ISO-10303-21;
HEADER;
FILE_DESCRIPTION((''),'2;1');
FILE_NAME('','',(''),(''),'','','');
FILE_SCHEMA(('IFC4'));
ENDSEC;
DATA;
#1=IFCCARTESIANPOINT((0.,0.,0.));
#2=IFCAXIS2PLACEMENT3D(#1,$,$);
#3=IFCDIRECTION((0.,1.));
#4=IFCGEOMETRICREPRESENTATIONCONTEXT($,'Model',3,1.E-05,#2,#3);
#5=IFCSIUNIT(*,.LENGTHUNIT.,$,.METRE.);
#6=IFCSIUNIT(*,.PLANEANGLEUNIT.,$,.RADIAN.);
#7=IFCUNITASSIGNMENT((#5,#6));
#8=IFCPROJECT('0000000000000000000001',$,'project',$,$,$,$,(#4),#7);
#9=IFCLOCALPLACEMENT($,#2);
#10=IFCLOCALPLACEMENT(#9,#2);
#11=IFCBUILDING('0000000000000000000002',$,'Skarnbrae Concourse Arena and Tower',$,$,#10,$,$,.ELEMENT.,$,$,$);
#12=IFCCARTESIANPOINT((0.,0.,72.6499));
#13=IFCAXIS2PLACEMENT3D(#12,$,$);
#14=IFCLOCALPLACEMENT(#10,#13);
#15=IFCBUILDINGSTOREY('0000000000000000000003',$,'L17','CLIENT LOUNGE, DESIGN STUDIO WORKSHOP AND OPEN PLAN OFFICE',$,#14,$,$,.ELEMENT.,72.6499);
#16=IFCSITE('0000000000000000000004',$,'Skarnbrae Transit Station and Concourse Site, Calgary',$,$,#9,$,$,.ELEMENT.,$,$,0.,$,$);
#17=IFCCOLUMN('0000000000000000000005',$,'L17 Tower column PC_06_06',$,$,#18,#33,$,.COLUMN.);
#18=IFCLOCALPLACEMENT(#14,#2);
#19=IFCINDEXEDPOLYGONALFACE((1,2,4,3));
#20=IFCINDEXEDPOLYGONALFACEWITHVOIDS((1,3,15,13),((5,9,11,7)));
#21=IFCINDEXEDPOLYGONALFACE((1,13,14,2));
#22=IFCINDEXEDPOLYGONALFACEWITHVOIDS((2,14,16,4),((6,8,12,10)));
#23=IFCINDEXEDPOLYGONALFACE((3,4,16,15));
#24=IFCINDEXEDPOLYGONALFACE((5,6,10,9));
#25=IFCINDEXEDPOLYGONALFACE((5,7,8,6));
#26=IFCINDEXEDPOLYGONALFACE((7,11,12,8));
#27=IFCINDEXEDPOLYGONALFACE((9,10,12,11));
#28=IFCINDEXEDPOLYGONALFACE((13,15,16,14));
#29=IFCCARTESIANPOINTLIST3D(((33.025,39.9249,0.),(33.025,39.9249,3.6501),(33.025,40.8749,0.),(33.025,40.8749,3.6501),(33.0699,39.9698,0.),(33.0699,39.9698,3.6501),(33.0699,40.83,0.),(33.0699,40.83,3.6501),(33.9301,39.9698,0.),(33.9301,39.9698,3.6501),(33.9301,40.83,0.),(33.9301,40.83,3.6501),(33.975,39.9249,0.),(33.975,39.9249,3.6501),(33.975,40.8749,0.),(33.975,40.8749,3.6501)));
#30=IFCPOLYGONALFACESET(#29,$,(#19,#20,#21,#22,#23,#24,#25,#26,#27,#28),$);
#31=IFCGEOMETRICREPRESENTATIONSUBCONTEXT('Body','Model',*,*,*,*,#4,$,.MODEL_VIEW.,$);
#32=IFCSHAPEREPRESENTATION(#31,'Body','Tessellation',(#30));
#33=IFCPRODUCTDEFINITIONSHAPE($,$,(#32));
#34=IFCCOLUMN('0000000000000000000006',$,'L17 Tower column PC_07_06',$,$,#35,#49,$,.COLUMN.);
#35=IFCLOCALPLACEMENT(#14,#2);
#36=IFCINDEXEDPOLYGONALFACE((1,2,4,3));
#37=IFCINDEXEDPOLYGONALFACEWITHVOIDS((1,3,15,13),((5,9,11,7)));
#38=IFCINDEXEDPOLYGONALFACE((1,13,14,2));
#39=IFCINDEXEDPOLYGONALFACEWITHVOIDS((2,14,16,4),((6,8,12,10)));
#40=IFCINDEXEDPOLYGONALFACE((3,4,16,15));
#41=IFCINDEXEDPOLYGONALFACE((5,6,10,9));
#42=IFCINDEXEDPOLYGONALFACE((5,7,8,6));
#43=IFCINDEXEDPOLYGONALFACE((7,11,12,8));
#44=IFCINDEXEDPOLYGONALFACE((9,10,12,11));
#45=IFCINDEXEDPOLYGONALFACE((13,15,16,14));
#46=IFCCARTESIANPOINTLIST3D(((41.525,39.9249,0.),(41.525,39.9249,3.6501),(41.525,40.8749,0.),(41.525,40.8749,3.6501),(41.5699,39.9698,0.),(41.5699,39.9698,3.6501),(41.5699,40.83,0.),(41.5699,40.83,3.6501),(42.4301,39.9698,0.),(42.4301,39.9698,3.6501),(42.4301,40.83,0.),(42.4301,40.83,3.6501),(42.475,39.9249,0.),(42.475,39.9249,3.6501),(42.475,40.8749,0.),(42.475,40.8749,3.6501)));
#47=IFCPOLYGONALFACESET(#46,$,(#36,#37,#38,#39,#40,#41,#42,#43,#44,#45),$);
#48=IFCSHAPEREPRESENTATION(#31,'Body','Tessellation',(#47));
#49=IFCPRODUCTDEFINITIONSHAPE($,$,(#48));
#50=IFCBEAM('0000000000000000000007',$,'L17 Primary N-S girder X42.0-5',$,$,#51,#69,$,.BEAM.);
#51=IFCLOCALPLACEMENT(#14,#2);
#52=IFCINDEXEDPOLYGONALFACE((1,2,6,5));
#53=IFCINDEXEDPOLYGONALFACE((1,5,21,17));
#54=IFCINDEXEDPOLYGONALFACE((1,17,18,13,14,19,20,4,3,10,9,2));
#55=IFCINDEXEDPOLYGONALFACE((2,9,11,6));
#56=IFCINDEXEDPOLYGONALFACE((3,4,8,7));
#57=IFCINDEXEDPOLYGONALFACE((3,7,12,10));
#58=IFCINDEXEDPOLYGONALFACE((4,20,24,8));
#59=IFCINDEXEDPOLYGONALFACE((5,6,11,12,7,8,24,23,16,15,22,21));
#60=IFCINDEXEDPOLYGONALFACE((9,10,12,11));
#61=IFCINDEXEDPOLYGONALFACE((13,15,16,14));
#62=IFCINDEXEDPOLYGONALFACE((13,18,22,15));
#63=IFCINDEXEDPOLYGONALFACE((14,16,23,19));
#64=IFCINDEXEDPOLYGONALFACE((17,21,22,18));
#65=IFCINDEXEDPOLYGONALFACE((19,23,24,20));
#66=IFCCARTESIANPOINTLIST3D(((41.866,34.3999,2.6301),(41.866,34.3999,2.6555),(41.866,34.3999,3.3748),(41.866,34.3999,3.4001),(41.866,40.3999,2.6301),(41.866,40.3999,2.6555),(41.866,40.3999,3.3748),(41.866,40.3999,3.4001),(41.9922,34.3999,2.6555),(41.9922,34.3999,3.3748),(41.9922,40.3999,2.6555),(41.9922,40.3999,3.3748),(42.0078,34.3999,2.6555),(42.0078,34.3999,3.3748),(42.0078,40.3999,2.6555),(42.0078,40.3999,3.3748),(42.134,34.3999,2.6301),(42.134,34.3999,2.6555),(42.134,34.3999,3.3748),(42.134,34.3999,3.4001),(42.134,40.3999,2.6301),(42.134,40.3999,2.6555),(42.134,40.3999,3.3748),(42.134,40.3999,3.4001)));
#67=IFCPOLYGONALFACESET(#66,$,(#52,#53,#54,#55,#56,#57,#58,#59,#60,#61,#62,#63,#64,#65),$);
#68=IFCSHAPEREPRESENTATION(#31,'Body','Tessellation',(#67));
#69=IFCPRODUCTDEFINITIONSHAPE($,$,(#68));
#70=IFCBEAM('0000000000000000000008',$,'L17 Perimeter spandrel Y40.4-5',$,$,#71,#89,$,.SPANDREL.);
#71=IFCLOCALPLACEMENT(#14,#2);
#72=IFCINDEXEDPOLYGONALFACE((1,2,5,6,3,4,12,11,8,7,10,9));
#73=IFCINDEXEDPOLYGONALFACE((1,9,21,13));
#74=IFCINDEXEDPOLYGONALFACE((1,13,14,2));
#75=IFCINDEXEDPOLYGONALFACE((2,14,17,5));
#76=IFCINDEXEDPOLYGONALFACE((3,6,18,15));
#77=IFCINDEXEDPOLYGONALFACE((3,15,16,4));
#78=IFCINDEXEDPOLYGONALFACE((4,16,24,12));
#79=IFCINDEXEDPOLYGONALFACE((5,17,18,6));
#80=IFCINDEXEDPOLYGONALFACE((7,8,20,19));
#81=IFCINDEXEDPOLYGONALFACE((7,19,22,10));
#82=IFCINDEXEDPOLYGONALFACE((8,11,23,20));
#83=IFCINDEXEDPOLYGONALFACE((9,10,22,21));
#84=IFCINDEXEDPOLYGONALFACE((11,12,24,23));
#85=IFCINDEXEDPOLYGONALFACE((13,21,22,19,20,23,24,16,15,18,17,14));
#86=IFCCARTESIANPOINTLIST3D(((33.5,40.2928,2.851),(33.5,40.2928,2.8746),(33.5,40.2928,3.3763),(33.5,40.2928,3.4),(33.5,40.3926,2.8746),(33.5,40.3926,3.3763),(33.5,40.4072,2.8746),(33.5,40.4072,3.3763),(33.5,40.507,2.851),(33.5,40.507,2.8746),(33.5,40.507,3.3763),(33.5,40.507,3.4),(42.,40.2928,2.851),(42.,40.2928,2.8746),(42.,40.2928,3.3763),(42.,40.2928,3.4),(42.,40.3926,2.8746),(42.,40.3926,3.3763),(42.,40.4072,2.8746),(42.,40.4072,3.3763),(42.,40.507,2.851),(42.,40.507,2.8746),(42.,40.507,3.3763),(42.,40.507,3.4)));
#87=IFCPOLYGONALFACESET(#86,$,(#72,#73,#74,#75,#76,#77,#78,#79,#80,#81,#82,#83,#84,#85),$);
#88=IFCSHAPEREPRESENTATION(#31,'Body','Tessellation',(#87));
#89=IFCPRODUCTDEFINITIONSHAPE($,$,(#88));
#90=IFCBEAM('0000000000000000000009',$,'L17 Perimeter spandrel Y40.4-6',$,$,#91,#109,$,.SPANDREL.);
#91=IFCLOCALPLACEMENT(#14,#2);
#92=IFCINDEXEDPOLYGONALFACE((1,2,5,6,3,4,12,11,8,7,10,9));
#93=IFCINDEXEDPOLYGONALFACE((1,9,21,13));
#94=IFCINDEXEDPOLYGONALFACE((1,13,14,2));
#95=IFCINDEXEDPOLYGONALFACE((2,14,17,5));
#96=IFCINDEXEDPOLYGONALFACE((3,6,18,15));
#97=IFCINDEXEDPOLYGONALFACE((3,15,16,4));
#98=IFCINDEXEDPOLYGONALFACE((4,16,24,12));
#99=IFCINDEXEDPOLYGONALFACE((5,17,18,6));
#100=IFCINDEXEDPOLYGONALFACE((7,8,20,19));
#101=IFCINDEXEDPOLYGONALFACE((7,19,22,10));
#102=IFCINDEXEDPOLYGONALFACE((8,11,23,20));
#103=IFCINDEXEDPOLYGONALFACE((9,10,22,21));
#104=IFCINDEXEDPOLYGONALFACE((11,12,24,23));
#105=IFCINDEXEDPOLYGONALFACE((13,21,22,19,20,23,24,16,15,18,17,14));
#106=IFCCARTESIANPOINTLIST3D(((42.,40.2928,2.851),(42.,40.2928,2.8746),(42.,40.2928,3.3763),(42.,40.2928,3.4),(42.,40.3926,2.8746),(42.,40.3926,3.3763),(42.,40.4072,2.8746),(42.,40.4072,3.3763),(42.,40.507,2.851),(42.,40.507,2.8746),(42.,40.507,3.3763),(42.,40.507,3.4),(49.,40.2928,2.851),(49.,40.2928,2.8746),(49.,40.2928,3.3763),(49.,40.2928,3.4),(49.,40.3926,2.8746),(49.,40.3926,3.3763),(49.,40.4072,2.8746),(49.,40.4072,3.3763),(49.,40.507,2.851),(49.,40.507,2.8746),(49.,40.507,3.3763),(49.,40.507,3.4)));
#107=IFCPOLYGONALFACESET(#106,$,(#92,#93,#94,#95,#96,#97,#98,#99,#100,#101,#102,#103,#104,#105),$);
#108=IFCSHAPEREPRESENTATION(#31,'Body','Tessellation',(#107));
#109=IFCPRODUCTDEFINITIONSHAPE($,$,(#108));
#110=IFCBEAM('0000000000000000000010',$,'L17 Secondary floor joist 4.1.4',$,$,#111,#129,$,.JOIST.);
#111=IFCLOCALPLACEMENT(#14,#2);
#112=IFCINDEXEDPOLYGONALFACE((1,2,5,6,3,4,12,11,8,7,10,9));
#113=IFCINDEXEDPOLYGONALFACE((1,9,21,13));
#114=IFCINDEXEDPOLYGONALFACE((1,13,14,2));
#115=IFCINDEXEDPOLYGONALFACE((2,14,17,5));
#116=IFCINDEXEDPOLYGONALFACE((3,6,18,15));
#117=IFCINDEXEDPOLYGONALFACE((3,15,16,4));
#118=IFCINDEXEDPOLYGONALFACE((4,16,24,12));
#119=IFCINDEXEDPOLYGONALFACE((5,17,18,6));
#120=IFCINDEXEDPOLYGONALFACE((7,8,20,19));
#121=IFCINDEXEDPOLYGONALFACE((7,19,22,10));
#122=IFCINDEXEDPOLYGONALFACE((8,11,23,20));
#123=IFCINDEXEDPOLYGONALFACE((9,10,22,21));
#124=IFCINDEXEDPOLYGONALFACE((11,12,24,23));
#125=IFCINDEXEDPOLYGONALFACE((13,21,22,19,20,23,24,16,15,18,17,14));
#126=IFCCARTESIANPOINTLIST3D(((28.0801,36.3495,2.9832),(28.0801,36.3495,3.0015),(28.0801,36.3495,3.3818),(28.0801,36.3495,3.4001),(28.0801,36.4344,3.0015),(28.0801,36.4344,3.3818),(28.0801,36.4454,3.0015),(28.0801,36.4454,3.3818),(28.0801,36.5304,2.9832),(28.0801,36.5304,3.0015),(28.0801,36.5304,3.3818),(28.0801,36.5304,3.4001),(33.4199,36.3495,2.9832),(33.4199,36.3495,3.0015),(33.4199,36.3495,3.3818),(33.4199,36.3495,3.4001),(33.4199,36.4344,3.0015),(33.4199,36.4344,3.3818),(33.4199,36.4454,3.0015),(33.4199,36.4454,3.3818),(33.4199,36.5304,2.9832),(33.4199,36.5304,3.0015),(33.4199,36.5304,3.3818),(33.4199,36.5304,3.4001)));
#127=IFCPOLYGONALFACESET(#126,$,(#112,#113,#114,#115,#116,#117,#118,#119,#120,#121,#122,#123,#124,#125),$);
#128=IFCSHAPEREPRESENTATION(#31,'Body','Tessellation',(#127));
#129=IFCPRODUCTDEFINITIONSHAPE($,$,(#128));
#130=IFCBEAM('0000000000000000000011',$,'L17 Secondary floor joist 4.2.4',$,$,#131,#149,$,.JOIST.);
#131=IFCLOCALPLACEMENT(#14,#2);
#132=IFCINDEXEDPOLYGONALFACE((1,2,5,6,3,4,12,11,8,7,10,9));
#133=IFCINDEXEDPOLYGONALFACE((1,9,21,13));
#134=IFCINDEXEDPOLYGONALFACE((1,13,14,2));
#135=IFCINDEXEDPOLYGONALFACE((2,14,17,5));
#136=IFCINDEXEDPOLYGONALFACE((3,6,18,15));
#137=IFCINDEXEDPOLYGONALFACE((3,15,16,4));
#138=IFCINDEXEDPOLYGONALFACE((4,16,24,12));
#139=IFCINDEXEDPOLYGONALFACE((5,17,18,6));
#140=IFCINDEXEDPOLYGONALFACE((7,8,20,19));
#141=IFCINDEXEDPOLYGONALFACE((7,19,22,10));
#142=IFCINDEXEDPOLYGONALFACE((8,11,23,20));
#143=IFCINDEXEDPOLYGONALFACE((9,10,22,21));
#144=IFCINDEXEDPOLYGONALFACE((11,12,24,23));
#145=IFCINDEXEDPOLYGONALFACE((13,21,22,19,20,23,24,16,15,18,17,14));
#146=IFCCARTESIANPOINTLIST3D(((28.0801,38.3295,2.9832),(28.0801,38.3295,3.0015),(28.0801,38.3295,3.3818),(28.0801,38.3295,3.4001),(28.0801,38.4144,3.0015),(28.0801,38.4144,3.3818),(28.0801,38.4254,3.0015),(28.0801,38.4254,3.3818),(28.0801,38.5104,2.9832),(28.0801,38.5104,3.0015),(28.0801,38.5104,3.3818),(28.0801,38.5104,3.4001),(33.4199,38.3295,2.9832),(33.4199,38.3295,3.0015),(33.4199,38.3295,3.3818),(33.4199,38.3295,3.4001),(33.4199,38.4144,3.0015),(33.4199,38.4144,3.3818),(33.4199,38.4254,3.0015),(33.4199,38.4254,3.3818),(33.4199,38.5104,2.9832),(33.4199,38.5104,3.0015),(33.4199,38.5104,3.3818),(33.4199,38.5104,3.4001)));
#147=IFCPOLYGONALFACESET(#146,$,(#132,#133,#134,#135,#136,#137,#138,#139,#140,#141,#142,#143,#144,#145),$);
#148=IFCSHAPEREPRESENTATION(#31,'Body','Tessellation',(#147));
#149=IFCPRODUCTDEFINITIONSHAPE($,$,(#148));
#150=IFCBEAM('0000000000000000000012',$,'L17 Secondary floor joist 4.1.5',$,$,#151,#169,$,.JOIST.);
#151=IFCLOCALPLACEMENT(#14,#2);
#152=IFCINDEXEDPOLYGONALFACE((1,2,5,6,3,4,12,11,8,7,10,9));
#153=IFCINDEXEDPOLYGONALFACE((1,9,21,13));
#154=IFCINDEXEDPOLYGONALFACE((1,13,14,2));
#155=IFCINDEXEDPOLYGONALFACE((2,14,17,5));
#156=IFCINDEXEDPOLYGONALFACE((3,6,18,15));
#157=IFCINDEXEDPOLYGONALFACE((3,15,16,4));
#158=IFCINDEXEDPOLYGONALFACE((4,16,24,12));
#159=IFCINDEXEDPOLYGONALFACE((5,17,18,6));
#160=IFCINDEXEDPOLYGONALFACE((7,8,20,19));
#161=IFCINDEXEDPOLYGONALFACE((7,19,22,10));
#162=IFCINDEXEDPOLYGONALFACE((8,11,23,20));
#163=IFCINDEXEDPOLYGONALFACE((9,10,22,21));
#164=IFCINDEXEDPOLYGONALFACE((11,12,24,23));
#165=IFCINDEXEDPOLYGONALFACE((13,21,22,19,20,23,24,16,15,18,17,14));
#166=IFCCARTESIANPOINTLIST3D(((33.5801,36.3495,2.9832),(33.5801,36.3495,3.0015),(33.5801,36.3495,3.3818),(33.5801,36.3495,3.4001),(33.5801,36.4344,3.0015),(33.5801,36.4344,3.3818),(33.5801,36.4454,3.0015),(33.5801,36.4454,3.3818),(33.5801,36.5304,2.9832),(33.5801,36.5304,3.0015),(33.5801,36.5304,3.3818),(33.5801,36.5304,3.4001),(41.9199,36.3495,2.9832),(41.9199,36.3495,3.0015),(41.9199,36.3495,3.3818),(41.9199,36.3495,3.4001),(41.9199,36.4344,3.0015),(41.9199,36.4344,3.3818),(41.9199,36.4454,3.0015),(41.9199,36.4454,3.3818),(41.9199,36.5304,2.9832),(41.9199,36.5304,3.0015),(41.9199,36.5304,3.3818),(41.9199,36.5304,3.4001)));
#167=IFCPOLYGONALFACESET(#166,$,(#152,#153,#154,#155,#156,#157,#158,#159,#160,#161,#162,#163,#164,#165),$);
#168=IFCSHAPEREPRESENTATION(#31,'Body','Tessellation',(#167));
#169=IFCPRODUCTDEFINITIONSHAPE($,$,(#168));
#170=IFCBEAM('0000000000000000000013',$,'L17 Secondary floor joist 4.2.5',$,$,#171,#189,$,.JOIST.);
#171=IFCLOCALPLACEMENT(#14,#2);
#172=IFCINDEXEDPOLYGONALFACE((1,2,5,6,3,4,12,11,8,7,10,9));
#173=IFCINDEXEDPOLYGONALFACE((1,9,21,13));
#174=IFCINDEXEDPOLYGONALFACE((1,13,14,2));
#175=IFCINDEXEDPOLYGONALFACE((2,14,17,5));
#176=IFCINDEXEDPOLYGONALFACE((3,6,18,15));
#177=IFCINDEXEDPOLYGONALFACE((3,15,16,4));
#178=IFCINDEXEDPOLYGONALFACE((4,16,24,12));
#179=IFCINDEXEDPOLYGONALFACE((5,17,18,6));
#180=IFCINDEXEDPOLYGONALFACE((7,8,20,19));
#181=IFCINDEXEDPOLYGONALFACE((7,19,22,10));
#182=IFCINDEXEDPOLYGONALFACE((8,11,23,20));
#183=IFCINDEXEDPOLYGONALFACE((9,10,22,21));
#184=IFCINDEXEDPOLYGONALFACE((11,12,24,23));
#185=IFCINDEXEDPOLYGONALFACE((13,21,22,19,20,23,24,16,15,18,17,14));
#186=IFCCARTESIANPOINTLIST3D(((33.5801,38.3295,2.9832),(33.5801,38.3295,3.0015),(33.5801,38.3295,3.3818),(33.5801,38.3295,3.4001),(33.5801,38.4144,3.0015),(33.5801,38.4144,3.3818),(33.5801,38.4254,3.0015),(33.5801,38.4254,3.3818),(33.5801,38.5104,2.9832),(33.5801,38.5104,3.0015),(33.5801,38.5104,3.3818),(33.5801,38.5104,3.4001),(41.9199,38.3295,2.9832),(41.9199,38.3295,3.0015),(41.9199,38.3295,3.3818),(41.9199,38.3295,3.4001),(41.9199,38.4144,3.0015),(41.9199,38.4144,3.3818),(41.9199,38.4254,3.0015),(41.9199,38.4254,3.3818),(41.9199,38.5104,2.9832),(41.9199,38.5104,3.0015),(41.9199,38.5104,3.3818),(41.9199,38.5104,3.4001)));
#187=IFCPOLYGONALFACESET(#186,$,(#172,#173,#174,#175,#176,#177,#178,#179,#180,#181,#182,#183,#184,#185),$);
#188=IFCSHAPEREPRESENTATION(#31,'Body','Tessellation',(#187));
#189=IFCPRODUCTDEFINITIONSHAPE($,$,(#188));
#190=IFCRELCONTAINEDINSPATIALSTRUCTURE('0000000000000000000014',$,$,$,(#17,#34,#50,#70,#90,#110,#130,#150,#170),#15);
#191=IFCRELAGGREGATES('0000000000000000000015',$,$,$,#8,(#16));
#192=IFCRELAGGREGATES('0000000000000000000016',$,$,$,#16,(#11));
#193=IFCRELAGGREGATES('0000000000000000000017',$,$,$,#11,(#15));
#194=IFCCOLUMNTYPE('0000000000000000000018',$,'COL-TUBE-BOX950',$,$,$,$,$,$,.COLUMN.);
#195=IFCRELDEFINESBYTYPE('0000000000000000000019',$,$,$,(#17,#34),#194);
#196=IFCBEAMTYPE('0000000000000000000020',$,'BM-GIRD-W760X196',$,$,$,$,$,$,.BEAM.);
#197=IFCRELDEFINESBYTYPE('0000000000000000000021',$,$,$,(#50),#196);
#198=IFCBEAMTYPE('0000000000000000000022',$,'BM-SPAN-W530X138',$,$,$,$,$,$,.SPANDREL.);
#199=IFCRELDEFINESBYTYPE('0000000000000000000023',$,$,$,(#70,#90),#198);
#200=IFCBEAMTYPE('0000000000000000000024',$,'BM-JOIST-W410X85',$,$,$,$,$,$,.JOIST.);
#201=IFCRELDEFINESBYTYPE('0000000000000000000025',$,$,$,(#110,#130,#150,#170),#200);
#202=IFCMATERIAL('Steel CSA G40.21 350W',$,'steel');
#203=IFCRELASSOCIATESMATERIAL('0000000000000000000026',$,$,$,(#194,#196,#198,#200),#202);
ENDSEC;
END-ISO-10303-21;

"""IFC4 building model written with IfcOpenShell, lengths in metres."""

from ifc_helpers import new_model, si_unit, direction, frame, origin, origin_2d, place, context, subcontext, project, spatial, hollow_rectangle, i_section, extrude, source, transform, mapped, material, material_profile, profile_set, type_object, element, save


model = new_model("IFC4")

# Units and contexts
model_context = context("Model", 3, precision=1e-05, world=origin(), true_north=direction((0.0, 1.0)))
body_context = subcontext(model_context, "Body", "Model", "MODEL_VIEW")
ifc_project = project(units=[si_unit("LENGTHUNIT", "METRE"), si_unit("PLANEANGLEUNIT", "RADIAN")], contexts=[model_context])

# Site, building, storey
site_placement = place(None, origin())
site = spatial("IfcSite", under=ifc_project, at=site_placement, Name="Skarnbrae Transit Station and Concourse Site, Calgary", CompositionType="ELEMENT", RefElevation=0.0)
building_placement = place(site_placement, origin())
building = spatial("IfcBuilding", under=site, at=building_placement, Name="Skarnbrae Concourse Arena and Tower", CompositionType="ELEMENT")
storey_placement = place(building_placement, frame((0.0, 0.0, 72.6499)))
storey = spatial("IfcBuildingStorey", under=building, at=storey_placement, Name="L17", Description="CLIENT LOUNGE, DESIGN STUDIO WORKSHOP AND OPEN PLAN OFFICE", CompositionType="ELEMENT", Elevation=72.6499)

# Columns
ifc_material_1 = material(Name="Steel CSA G40.21 350W", Category="steel")
ifc_material_profile_1 = material_profile(ifc_material_1, hollow_rectangle(XDim=0.95, YDim=0.95, WallThickness=0.0449, at=origin_2d()), Name="BOX950X950X45")
ifc_profile_set_1 = profile_set([ifc_material_profile_1], Name="Steel CSA G40.21 350W")
column_type = type_object("IfcColumnType", Name="COL-TUBE-BOX950", PredefinedType="COLUMN", material=ifc_profile_set_1)
shared_shape_1 = source(origin(), body_context, "Body", "SweptSolid", [
    extrude(hollow_rectangle(XDim=0.95, YDim=0.95, WallThickness=0.0449, at=origin_2d()), origin(), (0.0, 0.0, 1.0), 3.6501),
])
for number, where, z_axis, x_axis, name in (
    (1, (33.5, 40.3999, 0.0), (0.0, 0.0, 1.0), (1.0, 0.0, 0.0), "L17 Tower column PC_06_06"),
    (2, (42.0, 40.3999, 0.0), (0.0, 0.0, 1.0), (1.0, 0.0, 0.0), "L17 Tower column PC_07_06"),
):
    element("IfcColumn", number, at=place(storey_placement, frame(where, z_axis=z_axis, x_axis=x_axis)), inside=storey, type_object=column_type, Name=name, PredefinedType="COLUMN", context=body_context, shape_type="MappedRepresentation", body=[
        mapped(shared_shape_1, transform((0.0, 0.0, 0.0))),
    ])

# Beams
ifc_material_profile_2 = material_profile(ifc_material_1, i_section(OverallWidth=0.2681, OverallDepth=0.77, WebThickness=0.0156, FlangeThickness=0.0254, at=origin_2d()), Name="W760X196")
ifc_profile_set_2 = profile_set([ifc_material_profile_2], Name="Steel CSA G40.21 350W")
beam_type_1 = type_object("IfcBeamType", Name="BM-GIRD-W760X196", PredefinedType="BEAM", material=ifc_profile_set_2)
shared_shape_2 = source(origin(), body_context, "Body", "SweptSolid", [
    extrude(i_section(OverallWidth=0.2681, OverallDepth=0.77, WebThickness=0.0156, FlangeThickness=0.0254, at=origin_2d()), origin(), (0.0, 0.0, 1.0), 6.0),
])
beam_1_placement = place(storey_placement, frame((42.0, 34.3999, 3.0151), z_axis=(0.0, 1.0, 0.0), x_axis=(-1.0, 0.0, 0.0)))
element("IfcBeam", 3, at=beam_1_placement, inside=storey, type_object=beam_type_1, Name="L17 Primary N-S girder X42.0-5", PredefinedType="BEAM", context=body_context, shape_type="MappedRepresentation", body=[
    mapped(shared_shape_2, transform((0.0, 0.0, 0.0))),
])
ifc_material_profile_3 = material_profile(ifc_material_1, i_section(OverallWidth=0.2141, OverallDepth=0.5491, WebThickness=0.0146, FlangeThickness=0.0237, at=origin_2d()), Name="W530X138")
ifc_profile_set_3 = profile_set([ifc_material_profile_3], Name="Steel CSA G40.21 350W")
beam_type_2 = type_object("IfcBeamType", Name="BM-SPAN-W530X138", PredefinedType="SPANDREL", material=ifc_profile_set_3)
shared_shape_3 = source(origin(), body_context, "Body", "SweptSolid", [
    extrude(i_section(OverallWidth=0.2141, OverallDepth=0.5491, WebThickness=0.0146, FlangeThickness=0.0237, at=origin_2d()), origin(), (0.0, 0.0, 1.0), 8.5),
])
beam_2_placement = place(storey_placement, frame((33.5, 40.3999, 3.1255), z_axis=(1.0, 0.0, 0.0), x_axis=(0.0, 1.0, 0.0)))
element("IfcBeam", 4, at=beam_2_placement, inside=storey, type_object=beam_type_2, Name="L17 Perimeter spandrel Y40.4-5", PredefinedType="SPANDREL", context=body_context, shape_type="MappedRepresentation", body=[
    mapped(shared_shape_3, transform((0.0, 0.0, 0.0))),
])
shared_shape_4 = source(origin(), body_context, "Body", "SweptSolid", [
    extrude(i_section(OverallWidth=0.2141, OverallDepth=0.5491, WebThickness=0.0146, FlangeThickness=0.0237, at=origin_2d()), origin(), (0.0, 0.0, 1.0), 7.0),
])
beam_3_placement = place(storey_placement, frame((42.0, 40.3999, 3.1255), z_axis=(1.0, 0.0, 0.0), x_axis=(0.0, 1.0, 0.0)))
element("IfcBeam", 5, at=beam_3_placement, inside=storey, type_object=beam_type_2, Name="L17 Perimeter spandrel Y40.4-6", PredefinedType="SPANDREL", context=body_context, shape_type="MappedRepresentation", body=[
    mapped(shared_shape_4, transform((0.0, 0.0, 0.0))),
])
ifc_material_profile_4 = material_profile(ifc_material_1, i_section(OverallWidth=0.1809, OverallDepth=0.417, WebThickness=0.011, FlangeThickness=0.0183, at=origin_2d()), Name="W410X85")
ifc_profile_set_4 = profile_set([ifc_material_profile_4], Name="Steel CSA G40.21 350W")
beam_type_3 = type_object("IfcBeamType", Name="BM-JOIST-W410X85", PredefinedType="JOIST", material=ifc_profile_set_4)
shared_shape_5 = source(origin(), body_context, "Body", "SweptSolid", [
    extrude(i_section(OverallWidth=0.1809, OverallDepth=0.417, WebThickness=0.011, FlangeThickness=0.0183, at=origin_2d()), origin(), (0.0, 0.0, 1.0), 5.3398),
])
for number, where, z_axis, x_axis, name in (
    (6, (28.0801, 36.4399, 3.1917), (1.0, 0.0, 0.0), (0.0, 1.0, 0.0), "L17 Secondary floor joist 4.1.4"),
    (7, (28.0801, 38.4199, 3.1917), (1.0, 0.0, 0.0), (0.0, 1.0, 0.0), "L17 Secondary floor joist 4.2.4"),
):
    element("IfcBeam", number, at=place(storey_placement, frame(where, z_axis=z_axis, x_axis=x_axis)), inside=storey, type_object=beam_type_3, Name=name, PredefinedType="JOIST", context=body_context, shape_type="MappedRepresentation", body=[
        mapped(shared_shape_5, transform((0.0, 0.0, 0.0))),
    ])
shared_shape_6 = source(origin(), body_context, "Body", "SweptSolid", [
    extrude(i_section(OverallWidth=0.1809, OverallDepth=0.417, WebThickness=0.011, FlangeThickness=0.0183, at=origin_2d()), origin(), (0.0, 0.0, 1.0), 8.3398),
])
for number, where, z_axis, x_axis, name in (
    (8, (33.5801, 36.4399, 3.1917), (1.0, 0.0, 0.0), (0.0, 1.0, 0.0), "L17 Secondary floor joist 4.1.5"),
    (9, (33.5801, 38.4199, 3.1917), (1.0, 0.0, 0.0), (0.0, 1.0, 0.0), "L17 Secondary floor joist 4.2.5"),
):
    element("IfcBeam", number, at=place(storey_placement, frame(where, z_axis=z_axis, x_axis=x_axis)), inside=storey, type_object=beam_type_3, Name=name, PredefinedType="JOIST", context=body_context, shape_type="MappedRepresentation", body=[
        mapped(shared_shape_6, transform((0.0, 0.0, 0.0))),
    ])

save(model, "model.ifc")
